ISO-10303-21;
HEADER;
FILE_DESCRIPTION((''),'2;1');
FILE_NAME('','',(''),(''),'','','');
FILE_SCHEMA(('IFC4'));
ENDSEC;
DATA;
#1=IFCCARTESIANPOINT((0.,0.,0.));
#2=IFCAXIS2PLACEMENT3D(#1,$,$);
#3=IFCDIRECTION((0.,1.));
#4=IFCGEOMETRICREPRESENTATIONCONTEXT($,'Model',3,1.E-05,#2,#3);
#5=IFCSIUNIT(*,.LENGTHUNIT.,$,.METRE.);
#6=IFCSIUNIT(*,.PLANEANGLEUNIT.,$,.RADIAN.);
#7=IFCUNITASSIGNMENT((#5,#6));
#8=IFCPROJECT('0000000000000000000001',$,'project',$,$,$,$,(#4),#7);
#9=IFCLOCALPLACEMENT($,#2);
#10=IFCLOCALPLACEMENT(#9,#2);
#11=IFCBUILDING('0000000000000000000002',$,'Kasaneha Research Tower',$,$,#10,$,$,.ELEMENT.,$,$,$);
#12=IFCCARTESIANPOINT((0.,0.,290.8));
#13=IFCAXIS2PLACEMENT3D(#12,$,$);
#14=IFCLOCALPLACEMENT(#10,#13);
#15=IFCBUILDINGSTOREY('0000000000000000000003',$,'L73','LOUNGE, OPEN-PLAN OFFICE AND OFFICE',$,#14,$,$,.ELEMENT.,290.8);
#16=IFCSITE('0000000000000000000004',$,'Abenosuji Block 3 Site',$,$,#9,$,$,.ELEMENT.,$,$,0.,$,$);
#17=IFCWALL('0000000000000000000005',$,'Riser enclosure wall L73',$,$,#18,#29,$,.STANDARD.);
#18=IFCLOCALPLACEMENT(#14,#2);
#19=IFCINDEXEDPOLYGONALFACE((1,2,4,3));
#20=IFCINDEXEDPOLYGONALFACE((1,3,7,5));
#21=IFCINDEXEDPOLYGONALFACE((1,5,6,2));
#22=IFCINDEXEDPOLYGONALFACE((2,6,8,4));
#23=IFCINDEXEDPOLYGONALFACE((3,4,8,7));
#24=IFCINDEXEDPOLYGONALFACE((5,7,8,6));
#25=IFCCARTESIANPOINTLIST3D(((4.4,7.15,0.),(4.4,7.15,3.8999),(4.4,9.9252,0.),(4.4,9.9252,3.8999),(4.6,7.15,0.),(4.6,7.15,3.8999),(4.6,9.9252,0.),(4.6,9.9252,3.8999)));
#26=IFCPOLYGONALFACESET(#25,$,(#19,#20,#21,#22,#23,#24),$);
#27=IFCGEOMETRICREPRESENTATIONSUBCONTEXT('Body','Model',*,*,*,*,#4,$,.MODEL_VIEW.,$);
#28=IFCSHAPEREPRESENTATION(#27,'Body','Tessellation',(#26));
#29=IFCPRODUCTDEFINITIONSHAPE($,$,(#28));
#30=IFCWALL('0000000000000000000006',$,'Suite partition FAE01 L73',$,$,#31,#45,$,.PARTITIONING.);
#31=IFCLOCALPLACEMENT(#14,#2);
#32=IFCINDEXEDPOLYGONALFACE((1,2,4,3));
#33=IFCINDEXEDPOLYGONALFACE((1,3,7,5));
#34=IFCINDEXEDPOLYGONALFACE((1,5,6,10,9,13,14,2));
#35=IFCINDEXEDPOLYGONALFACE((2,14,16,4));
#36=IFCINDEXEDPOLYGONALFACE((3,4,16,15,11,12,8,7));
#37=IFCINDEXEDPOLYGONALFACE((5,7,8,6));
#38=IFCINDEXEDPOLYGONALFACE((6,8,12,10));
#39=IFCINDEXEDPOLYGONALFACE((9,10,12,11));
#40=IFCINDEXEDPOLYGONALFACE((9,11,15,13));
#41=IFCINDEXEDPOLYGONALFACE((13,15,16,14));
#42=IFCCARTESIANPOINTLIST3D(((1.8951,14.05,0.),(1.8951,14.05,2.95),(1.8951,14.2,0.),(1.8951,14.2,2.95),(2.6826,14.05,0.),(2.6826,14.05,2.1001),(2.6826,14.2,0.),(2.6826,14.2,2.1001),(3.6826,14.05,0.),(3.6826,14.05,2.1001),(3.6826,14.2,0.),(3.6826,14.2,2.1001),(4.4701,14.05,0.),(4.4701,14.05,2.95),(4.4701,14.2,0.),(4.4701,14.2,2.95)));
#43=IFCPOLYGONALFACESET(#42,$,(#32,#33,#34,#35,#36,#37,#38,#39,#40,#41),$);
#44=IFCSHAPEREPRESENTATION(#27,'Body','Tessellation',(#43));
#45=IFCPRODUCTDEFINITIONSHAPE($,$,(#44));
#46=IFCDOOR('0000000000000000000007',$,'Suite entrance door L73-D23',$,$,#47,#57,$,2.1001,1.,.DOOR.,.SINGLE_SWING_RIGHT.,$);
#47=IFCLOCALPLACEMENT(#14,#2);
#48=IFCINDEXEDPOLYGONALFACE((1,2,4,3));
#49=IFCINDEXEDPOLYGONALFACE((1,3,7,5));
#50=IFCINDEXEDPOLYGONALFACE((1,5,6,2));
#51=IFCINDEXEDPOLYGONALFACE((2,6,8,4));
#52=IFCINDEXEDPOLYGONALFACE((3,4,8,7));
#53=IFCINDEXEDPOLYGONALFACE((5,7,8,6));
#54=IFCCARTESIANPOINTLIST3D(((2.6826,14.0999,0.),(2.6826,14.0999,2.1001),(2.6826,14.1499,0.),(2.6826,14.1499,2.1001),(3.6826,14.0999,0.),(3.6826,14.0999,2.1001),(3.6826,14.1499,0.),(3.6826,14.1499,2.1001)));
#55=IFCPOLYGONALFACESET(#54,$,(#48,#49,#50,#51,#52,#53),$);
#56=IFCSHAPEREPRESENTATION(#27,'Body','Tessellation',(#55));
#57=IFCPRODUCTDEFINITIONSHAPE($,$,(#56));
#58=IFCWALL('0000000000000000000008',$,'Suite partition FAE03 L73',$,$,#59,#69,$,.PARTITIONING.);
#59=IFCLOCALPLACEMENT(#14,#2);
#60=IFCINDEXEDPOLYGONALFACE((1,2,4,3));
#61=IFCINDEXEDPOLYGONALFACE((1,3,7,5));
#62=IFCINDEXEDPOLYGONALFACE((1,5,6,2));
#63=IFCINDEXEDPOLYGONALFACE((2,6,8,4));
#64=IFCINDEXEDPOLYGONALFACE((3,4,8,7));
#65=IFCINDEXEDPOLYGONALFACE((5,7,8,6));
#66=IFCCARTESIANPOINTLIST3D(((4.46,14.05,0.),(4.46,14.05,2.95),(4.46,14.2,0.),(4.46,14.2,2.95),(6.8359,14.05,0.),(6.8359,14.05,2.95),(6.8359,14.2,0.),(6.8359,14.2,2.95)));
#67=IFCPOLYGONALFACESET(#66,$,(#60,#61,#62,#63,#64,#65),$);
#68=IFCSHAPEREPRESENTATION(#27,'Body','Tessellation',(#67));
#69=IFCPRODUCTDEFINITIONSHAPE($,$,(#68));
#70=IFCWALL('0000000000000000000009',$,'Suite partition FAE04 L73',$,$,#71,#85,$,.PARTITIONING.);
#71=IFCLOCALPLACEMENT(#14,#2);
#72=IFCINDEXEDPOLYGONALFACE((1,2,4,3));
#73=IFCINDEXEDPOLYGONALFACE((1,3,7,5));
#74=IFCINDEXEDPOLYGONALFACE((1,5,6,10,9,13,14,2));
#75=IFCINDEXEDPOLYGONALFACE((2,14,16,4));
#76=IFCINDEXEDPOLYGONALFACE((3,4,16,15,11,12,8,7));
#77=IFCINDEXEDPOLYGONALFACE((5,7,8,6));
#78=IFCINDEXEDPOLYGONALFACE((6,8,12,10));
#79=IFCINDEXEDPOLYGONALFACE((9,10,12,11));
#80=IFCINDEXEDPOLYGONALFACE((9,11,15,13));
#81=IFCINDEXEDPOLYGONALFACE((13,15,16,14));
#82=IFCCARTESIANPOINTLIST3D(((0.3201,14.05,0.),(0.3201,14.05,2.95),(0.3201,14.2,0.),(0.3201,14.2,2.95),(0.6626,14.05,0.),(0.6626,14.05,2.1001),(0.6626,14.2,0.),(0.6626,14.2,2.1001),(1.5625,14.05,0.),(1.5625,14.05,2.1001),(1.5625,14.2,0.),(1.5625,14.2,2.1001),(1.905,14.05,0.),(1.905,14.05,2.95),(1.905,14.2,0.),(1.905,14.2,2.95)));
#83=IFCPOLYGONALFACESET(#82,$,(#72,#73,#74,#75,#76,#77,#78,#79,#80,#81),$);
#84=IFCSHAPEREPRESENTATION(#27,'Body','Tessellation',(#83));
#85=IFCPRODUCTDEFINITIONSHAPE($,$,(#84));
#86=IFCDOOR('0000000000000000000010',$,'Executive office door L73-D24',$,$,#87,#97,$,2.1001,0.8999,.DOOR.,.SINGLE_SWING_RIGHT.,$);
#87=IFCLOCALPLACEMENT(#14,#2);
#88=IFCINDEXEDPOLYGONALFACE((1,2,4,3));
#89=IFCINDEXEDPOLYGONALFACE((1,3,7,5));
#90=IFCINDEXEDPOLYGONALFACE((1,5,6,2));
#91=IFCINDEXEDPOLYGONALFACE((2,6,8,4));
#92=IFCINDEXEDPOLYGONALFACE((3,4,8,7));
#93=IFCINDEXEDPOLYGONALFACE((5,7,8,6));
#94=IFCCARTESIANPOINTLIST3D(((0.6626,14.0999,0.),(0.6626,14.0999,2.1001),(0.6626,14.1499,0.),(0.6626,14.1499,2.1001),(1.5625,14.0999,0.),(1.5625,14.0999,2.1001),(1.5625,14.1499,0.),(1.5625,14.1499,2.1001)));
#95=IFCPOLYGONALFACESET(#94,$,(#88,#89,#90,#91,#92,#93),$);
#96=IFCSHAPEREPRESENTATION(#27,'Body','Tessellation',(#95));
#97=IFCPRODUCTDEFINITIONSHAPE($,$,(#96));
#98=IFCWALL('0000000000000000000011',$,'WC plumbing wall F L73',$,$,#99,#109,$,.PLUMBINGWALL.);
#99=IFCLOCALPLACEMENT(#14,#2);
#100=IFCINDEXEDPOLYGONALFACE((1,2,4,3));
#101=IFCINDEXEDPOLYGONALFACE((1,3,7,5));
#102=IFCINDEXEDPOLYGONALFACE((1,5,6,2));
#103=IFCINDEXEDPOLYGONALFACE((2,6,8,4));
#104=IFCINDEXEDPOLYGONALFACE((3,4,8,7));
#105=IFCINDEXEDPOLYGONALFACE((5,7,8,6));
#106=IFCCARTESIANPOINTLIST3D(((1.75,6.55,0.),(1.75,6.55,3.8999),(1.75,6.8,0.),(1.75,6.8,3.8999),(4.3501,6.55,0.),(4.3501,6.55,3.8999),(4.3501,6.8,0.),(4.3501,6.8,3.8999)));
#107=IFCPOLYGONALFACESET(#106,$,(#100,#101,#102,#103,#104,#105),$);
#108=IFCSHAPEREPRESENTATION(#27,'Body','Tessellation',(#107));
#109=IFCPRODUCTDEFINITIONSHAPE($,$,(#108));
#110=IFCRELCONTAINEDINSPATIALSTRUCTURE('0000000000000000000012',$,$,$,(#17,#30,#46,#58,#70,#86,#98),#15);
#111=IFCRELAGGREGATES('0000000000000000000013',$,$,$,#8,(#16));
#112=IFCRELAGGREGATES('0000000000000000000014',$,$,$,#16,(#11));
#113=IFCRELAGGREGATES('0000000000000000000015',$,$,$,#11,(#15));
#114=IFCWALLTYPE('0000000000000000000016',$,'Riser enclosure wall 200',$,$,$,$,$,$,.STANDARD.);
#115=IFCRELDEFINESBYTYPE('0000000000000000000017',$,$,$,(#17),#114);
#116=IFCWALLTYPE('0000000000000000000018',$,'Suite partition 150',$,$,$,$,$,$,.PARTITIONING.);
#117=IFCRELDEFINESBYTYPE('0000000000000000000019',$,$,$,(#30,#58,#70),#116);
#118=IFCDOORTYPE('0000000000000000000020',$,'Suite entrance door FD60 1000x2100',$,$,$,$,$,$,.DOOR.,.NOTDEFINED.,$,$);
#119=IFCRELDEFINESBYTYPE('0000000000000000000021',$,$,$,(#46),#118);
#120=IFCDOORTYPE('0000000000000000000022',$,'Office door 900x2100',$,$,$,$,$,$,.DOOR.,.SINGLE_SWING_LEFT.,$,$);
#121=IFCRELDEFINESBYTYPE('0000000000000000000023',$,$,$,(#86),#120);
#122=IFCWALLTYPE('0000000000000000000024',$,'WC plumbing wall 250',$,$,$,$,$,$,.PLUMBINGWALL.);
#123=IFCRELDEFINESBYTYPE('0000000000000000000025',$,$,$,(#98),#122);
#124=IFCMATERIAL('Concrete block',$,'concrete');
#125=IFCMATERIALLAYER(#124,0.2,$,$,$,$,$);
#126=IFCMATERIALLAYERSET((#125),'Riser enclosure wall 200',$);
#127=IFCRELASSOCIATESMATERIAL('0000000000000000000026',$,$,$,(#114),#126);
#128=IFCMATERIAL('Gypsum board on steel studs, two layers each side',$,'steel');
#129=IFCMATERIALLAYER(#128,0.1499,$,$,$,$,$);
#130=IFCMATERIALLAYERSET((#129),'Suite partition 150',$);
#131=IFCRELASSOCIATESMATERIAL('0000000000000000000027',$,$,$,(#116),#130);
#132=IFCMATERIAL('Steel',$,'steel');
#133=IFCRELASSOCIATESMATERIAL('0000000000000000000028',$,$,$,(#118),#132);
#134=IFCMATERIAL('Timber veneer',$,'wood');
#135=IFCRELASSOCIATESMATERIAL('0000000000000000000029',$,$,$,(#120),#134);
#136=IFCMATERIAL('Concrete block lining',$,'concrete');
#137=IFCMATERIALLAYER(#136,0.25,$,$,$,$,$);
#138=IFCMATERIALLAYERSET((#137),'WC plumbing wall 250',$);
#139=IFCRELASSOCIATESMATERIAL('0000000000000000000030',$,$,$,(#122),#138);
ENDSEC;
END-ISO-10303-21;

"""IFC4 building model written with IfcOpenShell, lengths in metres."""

from ifc_helpers import new_model, si_unit, direction, frame, frame_2d, origin, place, context, subcontext, project, spatial, rectangle, extrude, material, layer, layer_set, type_object, element, fill, save


model = new_model("IFC4")

# Units and contexts
model_context = context("Model", 3, precision=1e-05, world=origin(), true_north=direction((0.0, 1.0)))
body_context = subcontext(model_context, "Body", "Model", "MODEL_VIEW")
ifc_project = project(units=[si_unit("LENGTHUNIT", "METRE"), si_unit("PLANEANGLEUNIT", "RADIAN")], contexts=[model_context])

# Site, building, storey
site_placement = place(None, origin())
site = spatial("IfcSite", under=ifc_project, at=site_placement, Name="Abenosuji Block 3 Site", CompositionType="ELEMENT", RefElevation=0.0)
building_placement = place(site_placement, origin())
building = spatial("IfcBuilding", under=site, at=building_placement, Name="Kasaneha Research Tower", CompositionType="ELEMENT")
storey_placement = place(building_placement, frame((0.0, 0.0, 290.8)))
storey = spatial("IfcBuildingStorey", under=building, at=storey_placement, Name="L73", Description="LOUNGE, OPEN-PLAN OFFICE AND OFFICE", CompositionType="ELEMENT", Elevation=290.8)

# Wall
ifc_material_1 = material(Name="Concrete block", Category="concrete")
ifc_layer_1 = layer(ifc_material_1, 0.2)
ifc_layer_set_1 = layer_set([ifc_layer_1], Name="Riser enclosure wall 200")
wall_type_1 = type_object("IfcWallType", Name="Riser enclosure wall 200", PredefinedType="STANDARD", material=ifc_layer_set_1)
wall_1_placement = place(storey_placement, frame((4.5, 7.1499, 0.0), z_axis=(0.0, 0.0, 1.0), x_axis=(0.0, 1.0, 0.0)))
element("IfcWall", 1, at=wall_1_placement, inside=storey, type_object=wall_type_1, Name="Riser enclosure wall L73", PredefinedType="STANDARD", context=body_context, shape_type="SweptSolid", body=[
    extrude(rectangle(XDim=2.7751, YDim=0.2, at=frame_2d((1.3877, 0.0))), origin(), (0.0, 0.0, 1.0), 3.8999),
])

# Wall, opening, door
ifc_material_2 = material(Name="Gypsum board on steel studs, two layers each side", Category="steel")
ifc_layer_2 = layer(ifc_material_2, 0.1499)
ifc_layer_set_2 = layer_set([ifc_layer_2], Name="Suite partition 150")
wall_type_2 = type_object("IfcWallType", Name="Suite partition 150", PredefinedType="PARTITIONING", material=ifc_layer_set_2)
wall_2_placement = place(storey_placement, frame((1.895, 14.125, 0.0), z_axis=(0.0, 0.0, 1.0), x_axis=(1.0, 0.0, 0.0)))
wall_2 = element("IfcWall", 2, at=wall_2_placement, inside=storey, type_object=wall_type_2, Name="Suite partition FAE01 L73", PredefinedType="PARTITIONING", context=body_context, shape_type="SweptSolid", body=[
    extrude(rectangle(XDim=2.575, YDim=0.1499, at=frame_2d((1.2876, 0.0))), origin(), (0.0, 0.0, 1.0), 2.95),
])
opening_1_placement = place(wall_2_placement, frame((0.7876, 0.0, 0.0)))
opening_1 = element("IfcOpeningElement", 3, at=opening_1_placement, cuts=wall_2, PredefinedType="OPENING", context=body_context, shape_type="SweptSolid", body=[
    extrude(rectangle(XDim=1.0, YDim=2.1001, at=frame_2d((0.5, 1.05))), frame((0.0, 0.085, 0.0), z_axis=(0.0, -1.0, 0.0), x_axis=(1.0, 0.0, 0.0)), (0.0, 0.0, 1.0), 0.1699),
])
ifc_material_3 = material(Name="Steel", Category="steel")
door_type_1 = type_object("IfcDoorType", Name="Suite entrance door FD60 1000x2100", OperationType="NOTDEFINED", PredefinedType="DOOR", material=ifc_material_3)
door_1_placement = place(opening_1_placement, origin())
door_1 = element("IfcDoor", 4, at=door_1_placement, inside=storey, type_object=door_type_1, Name="Suite entrance door L73-D23", OperationType="SINGLE_SWING_RIGHT", OverallHeight=2.1001, OverallWidth=1.0, PredefinedType="DOOR", context=body_context, shape_type="SweptSolid", body=[
    extrude(rectangle(XDim=1.0, YDim=2.1001, at=frame_2d((0.5, 1.05))), frame((0.0, 0.0249, 0.0), z_axis=(0.0, -1.0, 0.0), x_axis=(1.0, 0.0, 0.0)), (0.0, 0.0, 1.0), 0.05),
])
fill(opening_1, door_1)

# Wall
wall_3_placement = place(storey_placement, frame((4.46, 14.125, 0.0), z_axis=(0.0, 0.0, 1.0), x_axis=(1.0, 0.0, 0.0)))
element("IfcWall", 5, at=wall_3_placement, inside=storey, type_object=wall_type_2, Name="Suite partition FAE03 L73", PredefinedType="PARTITIONING", context=body_context, shape_type="SweptSolid", body=[
    extrude(rectangle(XDim=2.376, YDim=0.1499, at=frame_2d((1.188, 0.0))), origin(), (0.0, 0.0, 1.0), 2.95),
])

# Wall, opening, door
wall_4_placement = place(storey_placement, frame((0.3201, 14.125, 0.0), z_axis=(0.0, 0.0, 1.0), x_axis=(1.0, 0.0, 0.0)))
wall_4 = element("IfcWall", 6, at=wall_4_placement, inside=storey, type_object=wall_type_2, Name="Suite partition FAE04 L73", PredefinedType="PARTITIONING", context=body_context, shape_type="SweptSolid", body=[
    extrude(rectangle(XDim=1.585, YDim=0.1499, at=frame_2d((0.7925, 0.0))), origin(), (0.0, 0.0, 1.0), 2.95),
])
opening_2_placement = place(wall_4_placement, frame((0.3425, 0.0, 0.0)))
opening_2 = element("IfcOpeningElement", 7, at=opening_2_placement, cuts=wall_4, PredefinedType="OPENING", context=body_context, shape_type="SweptSolid", body=[
    extrude(rectangle(XDim=0.8999, YDim=2.1001, at=frame_2d((0.45, 1.05))), frame((0.0, 0.085, 0.0), z_axis=(0.0, -1.0, 0.0), x_axis=(1.0, 0.0, 0.0)), (0.0, 0.0, 1.0), 0.1699),
])
ifc_material_4 = material(Name="Timber veneer", Category="wood")
door_type_2 = type_object("IfcDoorType", Name="Office door 900x2100", OperationType="SINGLE_SWING_LEFT", PredefinedType="DOOR", material=ifc_material_4)
door_2_placement = place(opening_2_placement, origin())
door_2 = element("IfcDoor", 8, at=door_2_placement, inside=storey, type_object=door_type_2, Name="Executive office door L73-D24", OperationType="SINGLE_SWING_RIGHT", OverallHeight=2.1001, OverallWidth=0.8999, PredefinedType="DOOR", context=body_context, shape_type="SweptSolid", body=[
    extrude(rectangle(XDim=0.8999, YDim=2.1001, at=frame_2d((0.45, 1.05))), frame((0.0, 0.0249, 0.0), z_axis=(0.0, -1.0, 0.0), x_axis=(1.0, 0.0, 0.0)), (0.0, 0.0, 1.0), 0.05),
])
fill(opening_2, door_2)

# Wall
ifc_material_5 = material(Name="Concrete block lining", Category="concrete")
ifc_layer_3 = layer(ifc_material_5, 0.25)
ifc_layer_set_3 = layer_set([ifc_layer_3], Name="WC plumbing wall 250")
wall_type_3 = type_object("IfcWallType", Name="WC plumbing wall 250", PredefinedType="PLUMBINGWALL", material=ifc_layer_set_3)
wall_5_placement = place(storey_placement, frame((1.75, 6.675, 0.0), z_axis=(0.0, 0.0, 1.0), x_axis=(1.0, 0.0, 0.0)))
element("IfcWall", 9, at=wall_5_placement, inside=storey, type_object=wall_type_3, Name="WC plumbing wall F L73", PredefinedType="PLUMBINGWALL", context=body_context, shape_type="SweptSolid", body=[
    extrude(rectangle(XDim=2.6001, YDim=0.25, at=frame_2d((1.3, 0.0))), origin(), (0.0, 0.0, 1.0), 3.8999),
])

save(model, "model.ifc")
